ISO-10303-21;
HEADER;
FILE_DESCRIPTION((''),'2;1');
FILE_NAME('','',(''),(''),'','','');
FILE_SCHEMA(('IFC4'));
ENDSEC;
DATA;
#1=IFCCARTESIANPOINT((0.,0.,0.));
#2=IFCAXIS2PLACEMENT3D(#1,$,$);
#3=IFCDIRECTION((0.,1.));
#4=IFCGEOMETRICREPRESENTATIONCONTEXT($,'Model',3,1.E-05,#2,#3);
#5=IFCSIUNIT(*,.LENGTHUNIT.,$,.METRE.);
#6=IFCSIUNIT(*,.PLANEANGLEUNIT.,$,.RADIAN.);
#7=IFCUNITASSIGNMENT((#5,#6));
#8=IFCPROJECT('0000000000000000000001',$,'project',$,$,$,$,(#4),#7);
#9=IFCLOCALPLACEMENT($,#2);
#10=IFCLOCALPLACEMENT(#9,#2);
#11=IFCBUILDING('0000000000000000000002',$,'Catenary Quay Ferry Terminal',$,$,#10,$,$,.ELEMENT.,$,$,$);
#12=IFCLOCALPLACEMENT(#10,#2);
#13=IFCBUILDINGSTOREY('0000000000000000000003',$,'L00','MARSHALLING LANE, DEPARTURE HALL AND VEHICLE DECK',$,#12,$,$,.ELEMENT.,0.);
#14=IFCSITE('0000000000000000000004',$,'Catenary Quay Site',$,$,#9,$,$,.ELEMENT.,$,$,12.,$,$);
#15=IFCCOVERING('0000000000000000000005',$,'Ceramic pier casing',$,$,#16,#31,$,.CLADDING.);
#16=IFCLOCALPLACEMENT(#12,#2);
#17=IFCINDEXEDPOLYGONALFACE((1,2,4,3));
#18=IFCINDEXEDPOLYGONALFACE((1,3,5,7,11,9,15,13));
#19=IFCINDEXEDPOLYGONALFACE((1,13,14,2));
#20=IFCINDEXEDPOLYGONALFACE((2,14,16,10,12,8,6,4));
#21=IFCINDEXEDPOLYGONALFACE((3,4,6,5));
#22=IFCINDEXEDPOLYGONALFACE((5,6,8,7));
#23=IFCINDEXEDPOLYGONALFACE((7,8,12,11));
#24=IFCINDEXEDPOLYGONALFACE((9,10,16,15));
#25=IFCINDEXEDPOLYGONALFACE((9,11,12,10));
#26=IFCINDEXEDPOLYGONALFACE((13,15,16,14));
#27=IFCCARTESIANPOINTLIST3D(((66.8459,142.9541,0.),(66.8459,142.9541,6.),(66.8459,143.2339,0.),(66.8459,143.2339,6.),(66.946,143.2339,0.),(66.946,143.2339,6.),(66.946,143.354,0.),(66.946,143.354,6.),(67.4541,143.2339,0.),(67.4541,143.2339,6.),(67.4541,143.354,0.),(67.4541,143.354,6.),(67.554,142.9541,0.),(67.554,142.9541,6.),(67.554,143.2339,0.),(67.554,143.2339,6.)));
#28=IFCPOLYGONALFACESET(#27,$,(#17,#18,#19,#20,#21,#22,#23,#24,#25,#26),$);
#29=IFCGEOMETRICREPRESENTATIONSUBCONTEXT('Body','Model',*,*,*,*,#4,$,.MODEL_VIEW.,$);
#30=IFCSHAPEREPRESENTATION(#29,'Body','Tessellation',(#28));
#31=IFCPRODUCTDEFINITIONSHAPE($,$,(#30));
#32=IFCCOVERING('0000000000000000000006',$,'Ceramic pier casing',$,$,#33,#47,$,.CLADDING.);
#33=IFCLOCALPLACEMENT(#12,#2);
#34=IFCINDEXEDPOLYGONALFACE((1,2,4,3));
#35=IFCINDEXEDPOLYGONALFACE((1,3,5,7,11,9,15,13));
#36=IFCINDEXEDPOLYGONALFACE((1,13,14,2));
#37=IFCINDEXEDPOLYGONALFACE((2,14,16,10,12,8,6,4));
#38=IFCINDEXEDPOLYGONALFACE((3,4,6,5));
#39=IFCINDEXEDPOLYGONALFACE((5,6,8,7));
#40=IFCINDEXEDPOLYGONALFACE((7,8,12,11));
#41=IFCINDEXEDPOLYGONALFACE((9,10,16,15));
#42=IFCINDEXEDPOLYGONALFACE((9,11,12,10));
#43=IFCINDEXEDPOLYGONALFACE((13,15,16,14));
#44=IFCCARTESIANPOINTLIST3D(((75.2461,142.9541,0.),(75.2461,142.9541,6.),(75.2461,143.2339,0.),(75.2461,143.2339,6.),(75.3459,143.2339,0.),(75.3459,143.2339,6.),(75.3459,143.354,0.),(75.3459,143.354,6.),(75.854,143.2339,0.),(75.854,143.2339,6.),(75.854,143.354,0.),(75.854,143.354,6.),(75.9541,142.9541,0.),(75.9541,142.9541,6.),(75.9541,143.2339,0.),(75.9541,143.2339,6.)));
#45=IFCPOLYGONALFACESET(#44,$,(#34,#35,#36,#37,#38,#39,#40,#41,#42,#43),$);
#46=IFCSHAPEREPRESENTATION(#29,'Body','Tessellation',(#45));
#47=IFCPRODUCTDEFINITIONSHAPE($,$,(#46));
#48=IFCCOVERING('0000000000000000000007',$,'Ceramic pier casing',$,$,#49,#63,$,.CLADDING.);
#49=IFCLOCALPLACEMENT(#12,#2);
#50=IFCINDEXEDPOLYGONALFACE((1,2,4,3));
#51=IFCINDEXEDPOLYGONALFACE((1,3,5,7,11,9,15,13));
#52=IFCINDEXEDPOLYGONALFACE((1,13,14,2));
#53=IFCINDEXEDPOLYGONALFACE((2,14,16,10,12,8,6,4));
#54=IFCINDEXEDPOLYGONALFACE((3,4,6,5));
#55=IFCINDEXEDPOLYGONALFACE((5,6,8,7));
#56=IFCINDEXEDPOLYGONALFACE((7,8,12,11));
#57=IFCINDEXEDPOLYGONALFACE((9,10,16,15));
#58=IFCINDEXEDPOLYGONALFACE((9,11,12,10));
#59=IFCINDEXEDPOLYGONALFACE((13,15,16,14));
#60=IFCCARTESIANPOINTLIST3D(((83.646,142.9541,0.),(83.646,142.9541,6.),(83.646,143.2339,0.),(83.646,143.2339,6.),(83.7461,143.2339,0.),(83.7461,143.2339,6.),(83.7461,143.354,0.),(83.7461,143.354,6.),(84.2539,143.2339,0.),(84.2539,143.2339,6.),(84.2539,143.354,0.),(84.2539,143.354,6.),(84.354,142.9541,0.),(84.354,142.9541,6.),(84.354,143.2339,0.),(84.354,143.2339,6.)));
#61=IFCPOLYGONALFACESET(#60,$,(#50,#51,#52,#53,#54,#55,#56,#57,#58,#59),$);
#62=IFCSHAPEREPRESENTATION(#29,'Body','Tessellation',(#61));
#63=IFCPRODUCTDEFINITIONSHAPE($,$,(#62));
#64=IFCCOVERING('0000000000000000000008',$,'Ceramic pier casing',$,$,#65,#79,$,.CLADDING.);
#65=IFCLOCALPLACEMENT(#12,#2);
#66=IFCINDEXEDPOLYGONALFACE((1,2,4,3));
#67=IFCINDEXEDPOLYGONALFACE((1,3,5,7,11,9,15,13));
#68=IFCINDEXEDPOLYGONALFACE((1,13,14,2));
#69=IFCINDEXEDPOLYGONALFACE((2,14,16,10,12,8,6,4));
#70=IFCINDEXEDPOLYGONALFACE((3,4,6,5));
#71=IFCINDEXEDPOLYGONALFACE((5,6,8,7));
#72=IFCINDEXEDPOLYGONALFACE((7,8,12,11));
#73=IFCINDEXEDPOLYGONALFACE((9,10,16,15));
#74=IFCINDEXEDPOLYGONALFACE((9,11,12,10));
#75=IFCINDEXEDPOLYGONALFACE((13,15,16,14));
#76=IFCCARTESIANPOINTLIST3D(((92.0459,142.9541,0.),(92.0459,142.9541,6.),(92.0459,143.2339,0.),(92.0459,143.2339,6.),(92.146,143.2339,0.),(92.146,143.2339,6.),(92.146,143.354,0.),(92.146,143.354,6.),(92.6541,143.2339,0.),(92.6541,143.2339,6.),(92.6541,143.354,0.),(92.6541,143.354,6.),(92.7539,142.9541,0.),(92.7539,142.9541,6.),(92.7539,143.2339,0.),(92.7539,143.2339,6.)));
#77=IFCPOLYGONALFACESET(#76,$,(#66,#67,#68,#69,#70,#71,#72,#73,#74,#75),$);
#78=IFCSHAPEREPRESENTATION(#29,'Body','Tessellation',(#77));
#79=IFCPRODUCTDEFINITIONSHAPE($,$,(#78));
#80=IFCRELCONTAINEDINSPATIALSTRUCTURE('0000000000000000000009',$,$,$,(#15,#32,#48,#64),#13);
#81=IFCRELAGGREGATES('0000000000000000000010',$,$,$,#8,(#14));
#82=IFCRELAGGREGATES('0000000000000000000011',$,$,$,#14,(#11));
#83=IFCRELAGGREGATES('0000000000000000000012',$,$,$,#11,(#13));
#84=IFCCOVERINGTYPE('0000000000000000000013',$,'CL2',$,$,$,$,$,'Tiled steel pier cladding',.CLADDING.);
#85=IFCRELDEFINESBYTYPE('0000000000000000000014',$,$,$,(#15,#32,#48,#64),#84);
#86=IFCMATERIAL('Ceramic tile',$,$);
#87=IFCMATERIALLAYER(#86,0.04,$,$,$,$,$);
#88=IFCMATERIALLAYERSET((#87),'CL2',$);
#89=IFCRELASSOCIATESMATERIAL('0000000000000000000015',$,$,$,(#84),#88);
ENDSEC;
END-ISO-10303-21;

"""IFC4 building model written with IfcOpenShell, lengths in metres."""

from ifc_helpers import new_model, si_unit, direction, origin, place, context, subcontext, project, spatial, polyline, outline, extrude, material, layer, layer_set, type_object, element, save


model = new_model("IFC4")

# Units and contexts
model_context = context("Model", 3, precision=1e-05, world=origin(), true_north=direction((0.0, 1.0)))
body_context = subcontext(model_context, "Body", "Model", "MODEL_VIEW")
ifc_project = project(units=[si_unit("LENGTHUNIT", "METRE"), si_unit("PLANEANGLEUNIT", "RADIAN")], contexts=[model_context])

# Site, building, storey
site_placement = place(None, origin())
site = spatial("IfcSite", under=ifc_project, at=site_placement, Name="Catenary Quay Site", CompositionType="ELEMENT", RefElevation=12.0)
building_placement = place(site_placement, origin())
building = spatial("IfcBuilding", under=site, at=building_placement, Name="Catenary Quay Ferry Terminal", CompositionType="ELEMENT")
storey_placement = place(building_placement, origin())
storey = spatial("IfcBuildingStorey", under=building, at=storey_placement, Name="L00", Description="MARSHALLING LANE, DEPARTURE HALL AND VEHICLE DECK", CompositionType="ELEMENT", Elevation=0.0)

# Coverings
ifc_material_1 = material(Name="Ceramic tile")
ifc_layer_1 = layer(ifc_material_1, 0.04)
ifc_layer_set_1 = layer_set([ifc_layer_1], Name="CL2")
covering_type = type_object("IfcCoveringType", Name="CL2", ElementType="Tiled steel pier cladding", PredefinedType="CLADDING", material=ifc_layer_set_1)
covering_1_placement = place(storey_placement, origin())
element("IfcCovering", 1, at=covering_1_placement, inside=storey, type_object=covering_type, Name="Ceramic pier casing", PredefinedType="CLADDING", context=body_context, shape_type="SweptSolid", body=[
    extrude(outline(polyline([(67.554, 142.9541), (67.554, 143.2339), (67.4541, 143.2339), (67.4541, 143.354), (66.946, 143.354), (66.946, 143.2339), (66.8459, 143.2339), (66.8459, 142.9541), (67.554, 142.9541)])), origin(), (0.0, 0.0, 1.0), 6.0),
])
covering_2_placement = place(storey_placement, origin())
element("IfcCovering", 2, at=covering_2_placement, inside=storey, type_object=covering_type, Name="Ceramic pier casing", PredefinedType="CLADDING", context=body_context, shape_type="SweptSolid", body=[
    extrude(outline(polyline([(75.9541, 142.9541), (75.9541, 143.2339), (75.854, 143.2339), (75.854, 143.354), (75.3459, 143.354), (75.3459, 143.2339), (75.2461, 143.2339), (75.2461, 142.9541), (75.9541, 142.9541)])), origin(), (0.0, 0.0, 1.0), 6.0),
])
covering_3_placement = place(storey_placement, origin())
element("IfcCovering", 3, at=covering_3_placement, inside=storey, type_object=covering_type, Name="Ceramic pier casing", PredefinedType="CLADDING", context=body_context, shape_type="SweptSolid", body=[
    extrude(outline(polyline([(84.354, 142.9541), (84.354, 143.2339), (84.2539, 143.2339), (84.2539, 143.354), (83.7461, 143.354), (83.7461, 143.2339), (83.646, 143.2339), (83.646, 142.9541), (84.354, 142.9541)])), origin(), (0.0, 0.0, 1.0), 6.0),
])
covering_4_placement = place(storey_placement, origin())
element("IfcCovering", 4, at=covering_4_placement, inside=storey, type_object=covering_type, Name="Ceramic pier casing", PredefinedType="CLADDING", context=body_context, shape_type="SweptSolid", body=[
    extrude(outline(polyline([(92.7539, 142.9541), (92.7539, 143.2339), (92.6541, 143.2339), (92.6541, 143.354), (92.146, 143.354), (92.146, 143.2339), (92.0459, 143.2339), (92.0459, 142.9541), (92.7539, 142.9541)])), origin(), (0.0, 0.0, 1.0), 6.0),
])

save(model, "model.ifc")
